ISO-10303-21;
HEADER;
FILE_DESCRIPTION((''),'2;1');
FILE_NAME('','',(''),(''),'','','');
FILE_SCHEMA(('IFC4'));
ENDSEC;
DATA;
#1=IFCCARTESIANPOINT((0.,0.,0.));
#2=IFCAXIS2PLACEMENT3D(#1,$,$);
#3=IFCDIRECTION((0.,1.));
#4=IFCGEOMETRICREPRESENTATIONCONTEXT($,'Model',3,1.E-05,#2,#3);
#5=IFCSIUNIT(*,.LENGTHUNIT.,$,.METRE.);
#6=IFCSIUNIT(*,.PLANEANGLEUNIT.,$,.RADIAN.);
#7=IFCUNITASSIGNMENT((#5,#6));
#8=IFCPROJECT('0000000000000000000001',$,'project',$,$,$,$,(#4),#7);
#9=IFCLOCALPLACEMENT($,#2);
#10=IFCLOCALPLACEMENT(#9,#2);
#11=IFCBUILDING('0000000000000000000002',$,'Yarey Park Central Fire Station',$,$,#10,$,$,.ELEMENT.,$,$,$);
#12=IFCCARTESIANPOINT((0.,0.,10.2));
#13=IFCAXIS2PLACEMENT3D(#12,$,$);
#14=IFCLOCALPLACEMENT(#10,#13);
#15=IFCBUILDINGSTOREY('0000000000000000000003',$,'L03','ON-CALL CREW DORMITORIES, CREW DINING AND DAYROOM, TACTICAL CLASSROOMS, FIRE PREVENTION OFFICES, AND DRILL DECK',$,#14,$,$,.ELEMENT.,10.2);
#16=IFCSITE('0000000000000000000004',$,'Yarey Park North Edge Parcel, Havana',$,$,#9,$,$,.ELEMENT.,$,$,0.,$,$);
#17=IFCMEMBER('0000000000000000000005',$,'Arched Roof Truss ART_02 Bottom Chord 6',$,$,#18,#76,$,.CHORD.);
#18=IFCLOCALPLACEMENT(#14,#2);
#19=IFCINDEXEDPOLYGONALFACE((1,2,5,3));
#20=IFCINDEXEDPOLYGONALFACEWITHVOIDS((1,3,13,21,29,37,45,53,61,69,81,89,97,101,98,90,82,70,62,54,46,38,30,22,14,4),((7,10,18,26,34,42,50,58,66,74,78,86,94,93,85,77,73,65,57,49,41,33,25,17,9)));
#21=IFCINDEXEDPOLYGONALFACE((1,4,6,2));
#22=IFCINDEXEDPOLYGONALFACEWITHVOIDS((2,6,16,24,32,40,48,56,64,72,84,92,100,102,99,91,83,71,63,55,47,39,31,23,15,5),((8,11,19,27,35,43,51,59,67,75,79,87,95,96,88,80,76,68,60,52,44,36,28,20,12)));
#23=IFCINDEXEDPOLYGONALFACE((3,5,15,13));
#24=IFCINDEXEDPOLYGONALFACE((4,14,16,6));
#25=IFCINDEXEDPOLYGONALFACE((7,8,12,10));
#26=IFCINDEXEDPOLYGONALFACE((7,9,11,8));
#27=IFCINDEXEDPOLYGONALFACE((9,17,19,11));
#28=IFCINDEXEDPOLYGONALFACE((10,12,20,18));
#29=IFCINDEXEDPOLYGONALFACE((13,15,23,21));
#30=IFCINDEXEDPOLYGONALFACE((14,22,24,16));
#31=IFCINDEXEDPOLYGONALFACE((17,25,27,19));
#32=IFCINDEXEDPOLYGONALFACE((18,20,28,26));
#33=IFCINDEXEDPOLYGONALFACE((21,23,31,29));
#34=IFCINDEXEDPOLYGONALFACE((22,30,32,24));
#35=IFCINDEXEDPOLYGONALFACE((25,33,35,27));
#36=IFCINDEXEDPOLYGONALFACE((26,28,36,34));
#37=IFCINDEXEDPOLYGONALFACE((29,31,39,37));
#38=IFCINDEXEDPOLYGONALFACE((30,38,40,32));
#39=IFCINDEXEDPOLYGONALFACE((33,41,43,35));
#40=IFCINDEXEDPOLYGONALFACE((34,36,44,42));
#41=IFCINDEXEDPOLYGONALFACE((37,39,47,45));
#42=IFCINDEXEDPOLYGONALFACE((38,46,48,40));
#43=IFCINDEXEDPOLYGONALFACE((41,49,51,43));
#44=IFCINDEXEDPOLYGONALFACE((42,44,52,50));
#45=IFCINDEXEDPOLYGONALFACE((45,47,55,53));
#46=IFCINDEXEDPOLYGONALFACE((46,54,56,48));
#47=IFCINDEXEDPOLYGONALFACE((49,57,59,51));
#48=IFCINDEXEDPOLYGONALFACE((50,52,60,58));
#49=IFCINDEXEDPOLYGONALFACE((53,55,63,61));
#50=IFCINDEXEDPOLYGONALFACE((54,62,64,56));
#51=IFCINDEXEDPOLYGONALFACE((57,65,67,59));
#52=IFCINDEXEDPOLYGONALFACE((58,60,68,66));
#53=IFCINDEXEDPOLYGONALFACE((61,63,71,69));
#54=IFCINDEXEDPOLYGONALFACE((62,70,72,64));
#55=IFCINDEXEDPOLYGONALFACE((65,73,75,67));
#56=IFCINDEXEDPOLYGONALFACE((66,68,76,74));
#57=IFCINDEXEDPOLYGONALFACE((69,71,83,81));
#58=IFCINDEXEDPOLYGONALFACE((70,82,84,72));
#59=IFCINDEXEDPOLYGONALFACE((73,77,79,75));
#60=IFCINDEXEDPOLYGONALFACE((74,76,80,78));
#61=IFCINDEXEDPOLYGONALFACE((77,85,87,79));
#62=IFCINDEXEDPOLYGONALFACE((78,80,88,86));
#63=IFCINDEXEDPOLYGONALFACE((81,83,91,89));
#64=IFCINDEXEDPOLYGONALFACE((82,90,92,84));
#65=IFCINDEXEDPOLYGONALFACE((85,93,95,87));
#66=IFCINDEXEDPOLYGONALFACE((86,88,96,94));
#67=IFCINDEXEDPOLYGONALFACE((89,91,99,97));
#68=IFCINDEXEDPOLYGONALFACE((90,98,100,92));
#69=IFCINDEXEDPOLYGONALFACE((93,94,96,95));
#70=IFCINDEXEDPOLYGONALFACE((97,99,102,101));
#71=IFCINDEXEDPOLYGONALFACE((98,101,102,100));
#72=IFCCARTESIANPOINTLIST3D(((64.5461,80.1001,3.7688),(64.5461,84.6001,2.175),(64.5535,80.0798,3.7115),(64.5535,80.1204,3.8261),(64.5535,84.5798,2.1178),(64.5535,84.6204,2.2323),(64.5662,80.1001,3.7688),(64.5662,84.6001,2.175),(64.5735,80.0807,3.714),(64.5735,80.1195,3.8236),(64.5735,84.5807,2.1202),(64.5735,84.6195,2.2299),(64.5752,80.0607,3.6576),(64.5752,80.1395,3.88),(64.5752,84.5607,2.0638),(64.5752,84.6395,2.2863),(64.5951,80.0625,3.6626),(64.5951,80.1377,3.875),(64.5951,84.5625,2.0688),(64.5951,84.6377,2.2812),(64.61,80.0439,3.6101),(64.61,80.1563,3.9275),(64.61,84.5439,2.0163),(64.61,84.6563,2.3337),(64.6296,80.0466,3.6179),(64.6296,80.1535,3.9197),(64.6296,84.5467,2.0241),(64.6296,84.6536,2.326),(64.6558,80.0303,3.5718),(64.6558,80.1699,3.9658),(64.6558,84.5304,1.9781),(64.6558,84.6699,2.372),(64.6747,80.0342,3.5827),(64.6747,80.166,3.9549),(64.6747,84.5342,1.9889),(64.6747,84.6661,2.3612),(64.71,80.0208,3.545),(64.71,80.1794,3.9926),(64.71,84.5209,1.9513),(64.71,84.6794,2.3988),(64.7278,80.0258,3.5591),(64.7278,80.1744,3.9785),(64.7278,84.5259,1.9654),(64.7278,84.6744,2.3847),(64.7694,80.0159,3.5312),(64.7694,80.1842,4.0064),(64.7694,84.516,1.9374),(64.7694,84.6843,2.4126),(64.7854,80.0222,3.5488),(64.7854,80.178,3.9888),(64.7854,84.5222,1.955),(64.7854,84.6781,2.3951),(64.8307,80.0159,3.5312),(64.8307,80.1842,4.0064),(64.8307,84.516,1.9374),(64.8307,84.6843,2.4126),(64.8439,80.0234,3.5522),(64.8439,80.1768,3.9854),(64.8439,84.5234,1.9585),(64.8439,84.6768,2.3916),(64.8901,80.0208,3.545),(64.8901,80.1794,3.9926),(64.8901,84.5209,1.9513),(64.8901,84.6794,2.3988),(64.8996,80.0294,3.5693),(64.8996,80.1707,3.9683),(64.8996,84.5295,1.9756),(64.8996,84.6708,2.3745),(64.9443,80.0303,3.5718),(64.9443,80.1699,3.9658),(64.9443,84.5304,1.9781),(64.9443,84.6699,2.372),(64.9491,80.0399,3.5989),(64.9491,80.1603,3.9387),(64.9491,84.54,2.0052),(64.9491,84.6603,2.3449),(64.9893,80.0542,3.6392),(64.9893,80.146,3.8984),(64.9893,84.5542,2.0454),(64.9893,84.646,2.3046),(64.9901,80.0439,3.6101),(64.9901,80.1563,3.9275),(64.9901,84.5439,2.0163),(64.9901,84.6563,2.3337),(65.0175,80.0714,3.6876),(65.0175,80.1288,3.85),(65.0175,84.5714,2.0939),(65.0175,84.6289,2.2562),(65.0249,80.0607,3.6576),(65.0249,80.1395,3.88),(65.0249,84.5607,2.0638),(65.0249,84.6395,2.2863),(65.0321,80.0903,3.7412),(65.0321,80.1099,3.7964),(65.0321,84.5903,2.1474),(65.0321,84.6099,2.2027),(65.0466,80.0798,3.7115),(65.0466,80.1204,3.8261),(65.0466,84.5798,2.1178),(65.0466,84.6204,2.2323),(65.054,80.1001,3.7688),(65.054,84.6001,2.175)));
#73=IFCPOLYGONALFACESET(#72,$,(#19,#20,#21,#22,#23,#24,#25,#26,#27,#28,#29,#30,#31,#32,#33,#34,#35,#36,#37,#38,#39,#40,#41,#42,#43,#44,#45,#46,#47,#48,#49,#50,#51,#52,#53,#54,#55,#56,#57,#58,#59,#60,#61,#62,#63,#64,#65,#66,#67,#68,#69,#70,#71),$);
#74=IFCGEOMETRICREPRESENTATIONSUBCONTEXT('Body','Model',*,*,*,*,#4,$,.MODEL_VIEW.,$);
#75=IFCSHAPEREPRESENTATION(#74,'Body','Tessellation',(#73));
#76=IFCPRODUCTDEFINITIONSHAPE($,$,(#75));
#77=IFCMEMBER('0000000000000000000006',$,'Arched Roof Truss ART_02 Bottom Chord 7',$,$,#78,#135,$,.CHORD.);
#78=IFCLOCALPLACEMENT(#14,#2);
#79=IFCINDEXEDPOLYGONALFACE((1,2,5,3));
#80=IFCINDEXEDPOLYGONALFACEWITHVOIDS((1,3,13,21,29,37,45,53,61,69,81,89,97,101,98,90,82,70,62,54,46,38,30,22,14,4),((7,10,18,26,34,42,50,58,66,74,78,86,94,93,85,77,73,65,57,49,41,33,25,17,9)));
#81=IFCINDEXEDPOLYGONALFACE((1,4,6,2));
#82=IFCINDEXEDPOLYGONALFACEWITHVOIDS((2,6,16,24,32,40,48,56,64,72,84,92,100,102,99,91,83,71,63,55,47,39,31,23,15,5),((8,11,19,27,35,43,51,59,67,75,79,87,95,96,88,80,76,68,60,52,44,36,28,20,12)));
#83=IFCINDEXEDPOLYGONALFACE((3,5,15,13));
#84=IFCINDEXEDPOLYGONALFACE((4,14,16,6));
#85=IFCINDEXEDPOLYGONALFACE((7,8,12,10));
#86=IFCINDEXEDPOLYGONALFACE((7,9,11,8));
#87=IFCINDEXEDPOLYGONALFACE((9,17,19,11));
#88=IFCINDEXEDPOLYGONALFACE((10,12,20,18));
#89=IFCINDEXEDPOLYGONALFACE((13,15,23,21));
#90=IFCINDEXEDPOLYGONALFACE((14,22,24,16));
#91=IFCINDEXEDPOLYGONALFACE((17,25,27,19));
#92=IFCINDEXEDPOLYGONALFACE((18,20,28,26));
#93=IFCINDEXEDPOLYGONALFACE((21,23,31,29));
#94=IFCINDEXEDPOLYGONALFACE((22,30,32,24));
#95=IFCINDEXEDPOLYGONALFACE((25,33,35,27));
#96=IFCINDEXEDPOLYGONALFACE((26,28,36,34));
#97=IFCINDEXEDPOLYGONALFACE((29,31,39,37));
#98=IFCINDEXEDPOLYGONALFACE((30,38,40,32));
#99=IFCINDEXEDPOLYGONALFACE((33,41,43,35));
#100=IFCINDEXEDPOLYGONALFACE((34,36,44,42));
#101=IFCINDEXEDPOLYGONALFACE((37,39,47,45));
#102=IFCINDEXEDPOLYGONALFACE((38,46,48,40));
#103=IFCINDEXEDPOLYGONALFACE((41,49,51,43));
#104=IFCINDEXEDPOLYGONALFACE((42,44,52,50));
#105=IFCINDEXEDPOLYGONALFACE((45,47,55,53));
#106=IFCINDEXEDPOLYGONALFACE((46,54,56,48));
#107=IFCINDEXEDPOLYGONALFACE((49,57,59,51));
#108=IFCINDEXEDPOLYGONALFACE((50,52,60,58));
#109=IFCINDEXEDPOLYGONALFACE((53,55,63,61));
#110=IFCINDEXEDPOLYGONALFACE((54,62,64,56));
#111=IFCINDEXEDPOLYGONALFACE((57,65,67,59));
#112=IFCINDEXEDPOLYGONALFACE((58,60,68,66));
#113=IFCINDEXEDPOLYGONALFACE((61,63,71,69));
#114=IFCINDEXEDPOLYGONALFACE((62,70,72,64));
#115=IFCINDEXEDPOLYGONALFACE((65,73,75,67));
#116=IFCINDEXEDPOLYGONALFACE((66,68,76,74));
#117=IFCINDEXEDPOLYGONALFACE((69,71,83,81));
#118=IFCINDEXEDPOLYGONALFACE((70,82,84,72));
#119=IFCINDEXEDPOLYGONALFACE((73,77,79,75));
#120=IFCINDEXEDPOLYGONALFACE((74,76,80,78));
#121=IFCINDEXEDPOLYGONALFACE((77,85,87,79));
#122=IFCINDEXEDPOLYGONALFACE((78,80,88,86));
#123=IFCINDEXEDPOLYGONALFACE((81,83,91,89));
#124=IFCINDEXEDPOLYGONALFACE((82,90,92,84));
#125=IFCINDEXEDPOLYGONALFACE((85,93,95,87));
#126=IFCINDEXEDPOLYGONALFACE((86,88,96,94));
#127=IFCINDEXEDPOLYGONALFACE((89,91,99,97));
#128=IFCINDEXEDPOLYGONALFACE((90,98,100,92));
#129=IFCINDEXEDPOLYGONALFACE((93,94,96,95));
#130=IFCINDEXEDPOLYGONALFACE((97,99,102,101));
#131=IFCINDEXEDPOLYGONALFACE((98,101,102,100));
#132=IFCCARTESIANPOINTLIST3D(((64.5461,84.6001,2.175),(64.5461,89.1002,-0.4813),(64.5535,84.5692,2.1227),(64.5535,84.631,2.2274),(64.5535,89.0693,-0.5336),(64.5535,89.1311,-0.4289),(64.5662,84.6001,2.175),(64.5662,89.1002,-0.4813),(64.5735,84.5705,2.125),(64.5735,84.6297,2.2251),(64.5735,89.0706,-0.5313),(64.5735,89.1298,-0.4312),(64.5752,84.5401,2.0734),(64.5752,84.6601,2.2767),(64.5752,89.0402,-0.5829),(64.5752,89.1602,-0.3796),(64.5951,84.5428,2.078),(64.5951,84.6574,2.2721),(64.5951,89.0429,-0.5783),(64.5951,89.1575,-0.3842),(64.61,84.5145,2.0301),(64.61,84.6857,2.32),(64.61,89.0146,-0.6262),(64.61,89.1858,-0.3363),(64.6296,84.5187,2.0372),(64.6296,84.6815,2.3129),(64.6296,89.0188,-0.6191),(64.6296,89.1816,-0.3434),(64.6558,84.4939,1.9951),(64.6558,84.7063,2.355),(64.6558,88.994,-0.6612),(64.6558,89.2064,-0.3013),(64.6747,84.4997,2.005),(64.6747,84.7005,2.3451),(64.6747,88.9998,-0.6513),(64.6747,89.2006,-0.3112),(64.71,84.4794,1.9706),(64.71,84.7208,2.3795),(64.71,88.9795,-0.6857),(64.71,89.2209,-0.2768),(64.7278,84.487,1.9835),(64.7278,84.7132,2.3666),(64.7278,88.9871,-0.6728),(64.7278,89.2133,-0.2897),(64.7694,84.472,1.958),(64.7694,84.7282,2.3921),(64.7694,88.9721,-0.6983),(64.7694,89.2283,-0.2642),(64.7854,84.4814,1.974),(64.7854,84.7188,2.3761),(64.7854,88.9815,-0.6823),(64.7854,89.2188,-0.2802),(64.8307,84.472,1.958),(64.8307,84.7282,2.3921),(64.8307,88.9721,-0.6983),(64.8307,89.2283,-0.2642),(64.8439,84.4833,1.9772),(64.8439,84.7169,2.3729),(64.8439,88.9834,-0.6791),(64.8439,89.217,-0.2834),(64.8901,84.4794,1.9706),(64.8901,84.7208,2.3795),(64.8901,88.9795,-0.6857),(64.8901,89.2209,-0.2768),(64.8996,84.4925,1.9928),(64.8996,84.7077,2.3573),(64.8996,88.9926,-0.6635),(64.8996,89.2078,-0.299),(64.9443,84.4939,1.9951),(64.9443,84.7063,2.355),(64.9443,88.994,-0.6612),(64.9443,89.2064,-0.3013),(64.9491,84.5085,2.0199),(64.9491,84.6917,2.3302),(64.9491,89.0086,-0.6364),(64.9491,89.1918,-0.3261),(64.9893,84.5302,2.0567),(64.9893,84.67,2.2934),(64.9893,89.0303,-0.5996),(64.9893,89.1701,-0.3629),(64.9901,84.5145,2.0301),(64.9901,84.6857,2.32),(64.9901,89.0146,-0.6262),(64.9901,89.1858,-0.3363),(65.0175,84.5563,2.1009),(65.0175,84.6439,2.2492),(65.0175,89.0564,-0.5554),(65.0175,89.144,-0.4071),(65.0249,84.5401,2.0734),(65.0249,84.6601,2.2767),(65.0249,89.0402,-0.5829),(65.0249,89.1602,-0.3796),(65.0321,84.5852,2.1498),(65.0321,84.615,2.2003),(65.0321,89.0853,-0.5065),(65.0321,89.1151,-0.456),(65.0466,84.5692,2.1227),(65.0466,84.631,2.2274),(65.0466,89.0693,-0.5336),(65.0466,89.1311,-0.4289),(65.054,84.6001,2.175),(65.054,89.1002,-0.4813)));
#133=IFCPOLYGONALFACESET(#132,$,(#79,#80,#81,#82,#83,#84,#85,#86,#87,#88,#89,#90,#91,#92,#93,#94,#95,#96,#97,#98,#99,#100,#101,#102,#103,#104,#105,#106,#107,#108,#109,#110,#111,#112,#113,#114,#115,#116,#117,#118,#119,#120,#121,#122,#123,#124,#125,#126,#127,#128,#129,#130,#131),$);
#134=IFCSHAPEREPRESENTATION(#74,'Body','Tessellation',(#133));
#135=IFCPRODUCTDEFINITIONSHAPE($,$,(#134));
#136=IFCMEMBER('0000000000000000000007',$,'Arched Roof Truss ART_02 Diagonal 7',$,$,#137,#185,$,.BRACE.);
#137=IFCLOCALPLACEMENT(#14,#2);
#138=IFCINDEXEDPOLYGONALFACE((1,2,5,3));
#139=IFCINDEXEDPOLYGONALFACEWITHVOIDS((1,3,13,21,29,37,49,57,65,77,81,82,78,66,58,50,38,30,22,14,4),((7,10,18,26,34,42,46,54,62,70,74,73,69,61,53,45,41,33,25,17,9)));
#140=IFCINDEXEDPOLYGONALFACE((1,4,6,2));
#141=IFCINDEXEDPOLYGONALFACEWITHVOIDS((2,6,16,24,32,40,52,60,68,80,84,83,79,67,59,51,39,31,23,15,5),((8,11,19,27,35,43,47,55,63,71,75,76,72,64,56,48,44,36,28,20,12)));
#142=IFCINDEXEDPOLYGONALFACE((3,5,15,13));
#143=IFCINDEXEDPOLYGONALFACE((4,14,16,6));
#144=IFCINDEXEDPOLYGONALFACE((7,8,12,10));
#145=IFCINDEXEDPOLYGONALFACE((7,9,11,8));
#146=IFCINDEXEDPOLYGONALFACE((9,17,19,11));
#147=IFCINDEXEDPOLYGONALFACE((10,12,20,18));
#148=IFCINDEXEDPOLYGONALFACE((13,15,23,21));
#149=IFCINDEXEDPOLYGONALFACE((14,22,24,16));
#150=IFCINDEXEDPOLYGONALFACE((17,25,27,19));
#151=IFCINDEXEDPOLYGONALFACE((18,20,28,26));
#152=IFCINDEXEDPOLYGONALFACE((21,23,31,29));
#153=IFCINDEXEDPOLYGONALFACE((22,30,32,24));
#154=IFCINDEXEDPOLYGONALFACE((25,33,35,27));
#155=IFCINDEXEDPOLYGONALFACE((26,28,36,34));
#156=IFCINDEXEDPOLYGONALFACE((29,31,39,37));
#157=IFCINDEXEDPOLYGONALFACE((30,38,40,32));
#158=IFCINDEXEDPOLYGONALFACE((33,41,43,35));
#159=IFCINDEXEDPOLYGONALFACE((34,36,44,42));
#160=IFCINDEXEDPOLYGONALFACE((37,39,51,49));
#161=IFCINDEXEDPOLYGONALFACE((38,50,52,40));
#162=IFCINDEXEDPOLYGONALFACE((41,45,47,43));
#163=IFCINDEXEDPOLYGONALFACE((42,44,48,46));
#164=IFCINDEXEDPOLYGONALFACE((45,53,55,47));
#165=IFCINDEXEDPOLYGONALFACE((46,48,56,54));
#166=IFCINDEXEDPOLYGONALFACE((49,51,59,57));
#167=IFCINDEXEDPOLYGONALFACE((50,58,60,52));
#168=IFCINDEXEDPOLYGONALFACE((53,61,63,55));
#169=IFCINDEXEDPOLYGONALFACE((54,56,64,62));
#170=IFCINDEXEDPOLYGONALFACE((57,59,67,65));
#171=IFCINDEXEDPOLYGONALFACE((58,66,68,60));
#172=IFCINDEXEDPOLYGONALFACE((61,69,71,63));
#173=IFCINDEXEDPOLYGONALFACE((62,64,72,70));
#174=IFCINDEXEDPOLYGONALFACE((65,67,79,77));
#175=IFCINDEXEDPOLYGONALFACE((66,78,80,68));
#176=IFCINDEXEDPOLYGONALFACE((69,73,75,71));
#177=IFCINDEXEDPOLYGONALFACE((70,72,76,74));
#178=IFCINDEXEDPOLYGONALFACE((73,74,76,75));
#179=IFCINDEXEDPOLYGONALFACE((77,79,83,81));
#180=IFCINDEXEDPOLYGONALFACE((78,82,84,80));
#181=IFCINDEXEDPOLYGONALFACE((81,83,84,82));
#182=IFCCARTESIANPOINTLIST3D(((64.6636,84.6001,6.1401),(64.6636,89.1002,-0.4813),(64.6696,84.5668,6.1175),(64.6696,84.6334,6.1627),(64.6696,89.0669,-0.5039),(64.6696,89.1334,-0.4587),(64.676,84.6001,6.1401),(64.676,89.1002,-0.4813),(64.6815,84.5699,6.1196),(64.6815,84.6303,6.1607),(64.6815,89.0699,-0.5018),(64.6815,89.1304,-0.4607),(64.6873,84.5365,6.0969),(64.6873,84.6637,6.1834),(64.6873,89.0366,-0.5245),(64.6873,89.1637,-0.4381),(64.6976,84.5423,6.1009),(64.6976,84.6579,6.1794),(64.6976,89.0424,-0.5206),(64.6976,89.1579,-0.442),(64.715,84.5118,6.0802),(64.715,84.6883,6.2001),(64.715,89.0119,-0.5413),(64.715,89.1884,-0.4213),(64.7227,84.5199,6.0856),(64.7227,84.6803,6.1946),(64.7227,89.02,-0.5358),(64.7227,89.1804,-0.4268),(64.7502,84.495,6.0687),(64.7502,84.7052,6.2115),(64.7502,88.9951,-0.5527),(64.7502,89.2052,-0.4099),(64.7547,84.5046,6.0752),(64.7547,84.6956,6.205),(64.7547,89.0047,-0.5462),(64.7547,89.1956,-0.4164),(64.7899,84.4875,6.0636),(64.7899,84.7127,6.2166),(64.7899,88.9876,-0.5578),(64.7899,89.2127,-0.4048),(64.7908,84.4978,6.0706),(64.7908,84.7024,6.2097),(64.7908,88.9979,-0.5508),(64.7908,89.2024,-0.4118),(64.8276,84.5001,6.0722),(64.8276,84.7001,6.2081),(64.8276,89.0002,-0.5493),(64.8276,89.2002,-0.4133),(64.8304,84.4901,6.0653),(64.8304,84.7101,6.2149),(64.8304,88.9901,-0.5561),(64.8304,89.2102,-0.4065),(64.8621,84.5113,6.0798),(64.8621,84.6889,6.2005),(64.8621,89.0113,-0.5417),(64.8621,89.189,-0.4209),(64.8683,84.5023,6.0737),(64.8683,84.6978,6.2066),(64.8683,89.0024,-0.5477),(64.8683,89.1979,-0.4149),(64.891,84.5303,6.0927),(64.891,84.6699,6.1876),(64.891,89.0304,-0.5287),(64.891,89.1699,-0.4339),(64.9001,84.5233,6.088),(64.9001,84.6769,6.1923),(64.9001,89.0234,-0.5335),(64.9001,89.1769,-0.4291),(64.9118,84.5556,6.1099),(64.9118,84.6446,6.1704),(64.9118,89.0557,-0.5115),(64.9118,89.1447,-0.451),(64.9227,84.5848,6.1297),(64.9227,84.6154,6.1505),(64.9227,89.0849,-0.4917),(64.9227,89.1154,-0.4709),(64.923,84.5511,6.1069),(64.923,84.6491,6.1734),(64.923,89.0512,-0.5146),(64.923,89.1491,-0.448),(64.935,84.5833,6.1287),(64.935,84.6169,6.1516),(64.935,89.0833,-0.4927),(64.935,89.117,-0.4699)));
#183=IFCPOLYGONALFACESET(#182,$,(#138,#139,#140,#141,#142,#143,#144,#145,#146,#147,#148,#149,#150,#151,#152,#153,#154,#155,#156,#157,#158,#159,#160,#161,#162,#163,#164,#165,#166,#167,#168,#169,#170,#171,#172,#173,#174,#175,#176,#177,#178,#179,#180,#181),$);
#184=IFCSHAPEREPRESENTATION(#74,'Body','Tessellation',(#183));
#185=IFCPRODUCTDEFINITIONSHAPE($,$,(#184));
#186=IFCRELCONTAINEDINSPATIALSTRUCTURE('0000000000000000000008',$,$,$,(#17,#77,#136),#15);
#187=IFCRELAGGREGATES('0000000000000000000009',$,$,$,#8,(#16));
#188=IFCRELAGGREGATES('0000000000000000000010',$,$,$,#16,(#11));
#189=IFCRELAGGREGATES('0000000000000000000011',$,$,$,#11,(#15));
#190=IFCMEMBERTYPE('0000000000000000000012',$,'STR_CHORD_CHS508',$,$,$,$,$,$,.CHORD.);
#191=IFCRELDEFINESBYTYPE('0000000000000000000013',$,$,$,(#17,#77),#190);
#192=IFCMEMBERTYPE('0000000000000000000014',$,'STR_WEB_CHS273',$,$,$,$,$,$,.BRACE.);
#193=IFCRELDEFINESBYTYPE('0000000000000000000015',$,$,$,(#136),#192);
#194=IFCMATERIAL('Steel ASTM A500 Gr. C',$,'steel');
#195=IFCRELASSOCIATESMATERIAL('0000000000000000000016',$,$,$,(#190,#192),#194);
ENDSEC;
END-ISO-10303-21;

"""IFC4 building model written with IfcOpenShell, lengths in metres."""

from ifc_helpers import new_model, si_unit, direction, frame, origin, origin_2d, place, context, subcontext, project, spatial, hollow_circle, extrude, material, material_profile, profile_set, type_object, element, save


model = new_model("IFC4")

# Units and contexts
model_context = context("Model", 3, precision=1e-05, world=origin(), true_north=direction((0.0, 1.0)))
body_context = subcontext(model_context, "Body", "Model", "MODEL_VIEW")
ifc_project = project(units=[si_unit("LENGTHUNIT", "METRE"), si_unit("PLANEANGLEUNIT", "RADIAN")], contexts=[model_context])

# Site, building, storey
site_placement = place(None, origin())
site = spatial("IfcSite", under=ifc_project, at=site_placement, Name="Yarey Park North Edge Parcel, Havana", CompositionType="ELEMENT", RefElevation=0.0)
building_placement = place(site_placement, origin())
building = spatial("IfcBuilding", under=site, at=building_placement, Name="Yarey Park Central Fire Station", CompositionType="ELEMENT")
storey_placement = place(building_placement, frame((0.0, 0.0, 10.2)))
storey = spatial("IfcBuildingStorey", under=building, at=storey_placement, Name="L03", Description="ON-CALL CREW DORMITORIES, CREW DINING AND DAYROOM, TACTICAL CLASSROOMS, FIRE PREVENTION OFFICES, AND DRILL DECK", CompositionType="ELEMENT", Elevation=10.2)

# Members
ifc_material_1 = material(Name="Steel ASTM A500 Gr. C", Category="steel")
ifc_material_profile_1 = material_profile(ifc_material_1, hollow_circle(Radius=0.2539, WallThickness=0.02, at=origin_2d()), Name="CHS 508x20")
ifc_profile_set_1 = profile_set([ifc_material_profile_1], Name="Steel ASTM A500 Gr. C")
member_type_1 = type_object("IfcMemberType", Name="STR_CHORD_CHS508", PredefinedType="CHORD", material=ifc_profile_set_1)
member_1_placement = place(storey_placement, frame((64.8, 80.1001, 3.7688), z_axis=(0.0, 0.942627, -0.333847), x_axis=(-1.0, 0.0, 0.0)))
element("IfcMember", 1, at=member_1_placement, inside=storey, type_object=member_type_1, Name="Arched Roof Truss ART_02 Bottom Chord 6", PredefinedType="CHORD", context=body_context, shape_type="SweptSolid", body=[
    extrude(hollow_circle(Radius=0.2539, WallThickness=0.02, at=origin_2d()), origin(), (0.0, 0.0, 1.0), 4.7739),
])
member_2_placement = place(storey_placement, frame((64.8, 84.6001, 2.175), z_axis=(0.0, 0.861165, -0.508326), x_axis=(-1.0, 0.0, 0.0)))
element("IfcMember", 2, at=member_2_placement, inside=storey, type_object=member_type_1, Name="Arched Roof Truss ART_02 Bottom Chord 7", PredefinedType="CHORD", context=body_context, shape_type="SweptSolid", body=[
    extrude(hollow_circle(Radius=0.2539, WallThickness=0.02, at=origin_2d()), origin(), (0.0, 0.0, 1.0), 5.2256),
])
ifc_material_profile_2 = material_profile(ifc_material_1, hollow_circle(Radius=0.1365, WallThickness=0.0125, at=origin_2d()), Name="CHS 273x12.5")
ifc_profile_set_2 = profile_set([ifc_material_profile_2], Name="Steel ASTM A500 Gr. C")
member_type_2 = type_object("IfcMemberType", Name="STR_WEB_CHS273", PredefinedType="BRACE", material=ifc_profile_set_2)
member_3_placement = place(storey_placement, frame((64.8, 84.6001, 6.1401), z_axis=(0.0, 0.562096, -0.827072), x_axis=(-1.0, 0.0, 0.0)))
element("IfcMember", 3, at=member_3_placement, inside=storey, type_object=member_type_2, Name="Arched Roof Truss ART_02 Diagonal 7", PredefinedType="BRACE", context=body_context, shape_type="SweptSolid", body=[
    extrude(hollow_circle(Radius=0.1365, WallThickness=0.0125, at=origin_2d()), origin(), (0.0, 0.0, 1.0), 8.0059),
])

save(model, "model.ifc")
